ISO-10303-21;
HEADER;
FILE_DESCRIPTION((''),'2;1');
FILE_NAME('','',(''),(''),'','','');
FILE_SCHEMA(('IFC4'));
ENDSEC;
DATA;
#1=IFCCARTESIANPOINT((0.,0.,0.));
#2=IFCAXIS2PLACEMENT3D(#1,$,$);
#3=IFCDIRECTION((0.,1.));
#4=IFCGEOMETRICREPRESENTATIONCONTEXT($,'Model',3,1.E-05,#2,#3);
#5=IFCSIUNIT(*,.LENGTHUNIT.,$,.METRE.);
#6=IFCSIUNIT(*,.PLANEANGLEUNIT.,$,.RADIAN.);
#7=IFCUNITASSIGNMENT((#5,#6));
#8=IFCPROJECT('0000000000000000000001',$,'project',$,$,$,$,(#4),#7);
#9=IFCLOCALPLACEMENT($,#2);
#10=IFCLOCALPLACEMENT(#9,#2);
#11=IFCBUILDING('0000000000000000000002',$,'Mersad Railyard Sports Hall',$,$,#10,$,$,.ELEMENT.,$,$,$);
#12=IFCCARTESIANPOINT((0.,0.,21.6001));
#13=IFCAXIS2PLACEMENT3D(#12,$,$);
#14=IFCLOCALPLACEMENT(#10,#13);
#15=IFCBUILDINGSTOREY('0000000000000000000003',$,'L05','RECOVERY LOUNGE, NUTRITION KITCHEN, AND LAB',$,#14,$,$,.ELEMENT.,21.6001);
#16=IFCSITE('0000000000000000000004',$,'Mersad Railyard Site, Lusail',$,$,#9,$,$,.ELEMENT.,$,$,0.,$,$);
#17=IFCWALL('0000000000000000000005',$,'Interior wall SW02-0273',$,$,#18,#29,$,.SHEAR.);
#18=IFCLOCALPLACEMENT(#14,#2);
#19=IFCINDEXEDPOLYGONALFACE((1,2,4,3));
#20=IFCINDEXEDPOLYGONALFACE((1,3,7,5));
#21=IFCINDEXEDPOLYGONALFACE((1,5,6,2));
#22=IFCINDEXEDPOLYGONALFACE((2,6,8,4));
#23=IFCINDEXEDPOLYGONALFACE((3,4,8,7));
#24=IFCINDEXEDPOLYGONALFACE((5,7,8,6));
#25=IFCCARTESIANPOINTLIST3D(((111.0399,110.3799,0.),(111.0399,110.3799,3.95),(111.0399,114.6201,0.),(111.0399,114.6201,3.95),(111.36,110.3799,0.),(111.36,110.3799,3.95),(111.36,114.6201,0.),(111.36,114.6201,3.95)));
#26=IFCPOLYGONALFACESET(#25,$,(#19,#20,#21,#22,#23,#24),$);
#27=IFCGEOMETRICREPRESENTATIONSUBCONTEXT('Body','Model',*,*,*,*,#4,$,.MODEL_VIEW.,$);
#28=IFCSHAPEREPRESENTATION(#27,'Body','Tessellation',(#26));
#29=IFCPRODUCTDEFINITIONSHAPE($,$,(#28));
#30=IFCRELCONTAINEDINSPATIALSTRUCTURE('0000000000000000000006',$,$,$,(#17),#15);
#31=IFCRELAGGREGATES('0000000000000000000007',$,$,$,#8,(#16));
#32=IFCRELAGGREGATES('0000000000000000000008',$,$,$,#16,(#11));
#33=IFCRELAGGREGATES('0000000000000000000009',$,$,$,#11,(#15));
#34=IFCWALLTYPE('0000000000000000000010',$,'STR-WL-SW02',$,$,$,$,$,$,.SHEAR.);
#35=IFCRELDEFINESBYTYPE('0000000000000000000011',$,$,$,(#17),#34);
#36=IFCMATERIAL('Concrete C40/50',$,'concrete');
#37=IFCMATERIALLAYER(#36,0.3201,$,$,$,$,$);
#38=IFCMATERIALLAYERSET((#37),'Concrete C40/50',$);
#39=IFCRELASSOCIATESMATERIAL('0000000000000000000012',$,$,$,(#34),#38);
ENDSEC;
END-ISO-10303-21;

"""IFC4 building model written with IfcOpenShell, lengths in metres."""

from ifc_helpers import new_model, si_unit, direction, frame, frame_2d, origin, place, context, subcontext, project, spatial, rectangle, extrude, material, layer, layer_set, type_object, element, save


model = new_model("IFC4")

# Units and contexts
model_context = context("Model", 3, precision=1e-05, world=origin(), true_north=direction((0.0, 1.0)))
body_context = subcontext(model_context, "Body", "Model", "MODEL_VIEW")
ifc_project = project(units=[si_unit("LENGTHUNIT", "METRE"), si_unit("PLANEANGLEUNIT", "RADIAN")], contexts=[model_context])

# Site, building, storey
site_placement = place(None, origin())
site = spatial("IfcSite", under=ifc_project, at=site_placement, Name="Mersad Railyard Site, Lusail", CompositionType="ELEMENT", RefElevation=0.0)
building_placement = place(site_placement, origin())
building = spatial("IfcBuilding", under=site, at=building_placement, Name="Mersad Railyard Sports Hall", CompositionType="ELEMENT")
storey_placement = place(building_placement, frame((0.0, 0.0, 21.6001)))
storey = spatial("IfcBuildingStorey", under=building, at=storey_placement, Name="L05", Description="RECOVERY LOUNGE, NUTRITION KITCHEN, AND LAB", CompositionType="ELEMENT", Elevation=21.6001)

# Wall
ifc_material_1 = material(Name="Concrete C40/50", Category="concrete")
ifc_layer_1 = layer(ifc_material_1, 0.3201)
ifc_layer_set_1 = layer_set([ifc_layer_1], Name="Concrete C40/50")
wall_type_1 = type_object("IfcWallType", Name="STR-WL-SW02", PredefinedType="SHEAR", material=ifc_layer_set_1)
wall_1_placement = place(storey_placement, frame((111.2, 114.6201, 0.0), z_axis=(0.0, 0.0, 1.0), x_axis=(0.0, -1.0, 0.0)))
element("IfcWall", 1, at=wall_1_placement, inside=storey, type_object=wall_type_1, Name="Interior wall SW02-0273", PredefinedType="SHEAR", context=body_context, shape_type="SweptSolid", body=[
    extrude(rectangle(XDim=4.2402, YDim=0.3201, at=frame_2d((2.1201, 0.0))), origin(), (0.0, 0.0, 1.0), 3.95),
])

save(model, "model.ifc")
